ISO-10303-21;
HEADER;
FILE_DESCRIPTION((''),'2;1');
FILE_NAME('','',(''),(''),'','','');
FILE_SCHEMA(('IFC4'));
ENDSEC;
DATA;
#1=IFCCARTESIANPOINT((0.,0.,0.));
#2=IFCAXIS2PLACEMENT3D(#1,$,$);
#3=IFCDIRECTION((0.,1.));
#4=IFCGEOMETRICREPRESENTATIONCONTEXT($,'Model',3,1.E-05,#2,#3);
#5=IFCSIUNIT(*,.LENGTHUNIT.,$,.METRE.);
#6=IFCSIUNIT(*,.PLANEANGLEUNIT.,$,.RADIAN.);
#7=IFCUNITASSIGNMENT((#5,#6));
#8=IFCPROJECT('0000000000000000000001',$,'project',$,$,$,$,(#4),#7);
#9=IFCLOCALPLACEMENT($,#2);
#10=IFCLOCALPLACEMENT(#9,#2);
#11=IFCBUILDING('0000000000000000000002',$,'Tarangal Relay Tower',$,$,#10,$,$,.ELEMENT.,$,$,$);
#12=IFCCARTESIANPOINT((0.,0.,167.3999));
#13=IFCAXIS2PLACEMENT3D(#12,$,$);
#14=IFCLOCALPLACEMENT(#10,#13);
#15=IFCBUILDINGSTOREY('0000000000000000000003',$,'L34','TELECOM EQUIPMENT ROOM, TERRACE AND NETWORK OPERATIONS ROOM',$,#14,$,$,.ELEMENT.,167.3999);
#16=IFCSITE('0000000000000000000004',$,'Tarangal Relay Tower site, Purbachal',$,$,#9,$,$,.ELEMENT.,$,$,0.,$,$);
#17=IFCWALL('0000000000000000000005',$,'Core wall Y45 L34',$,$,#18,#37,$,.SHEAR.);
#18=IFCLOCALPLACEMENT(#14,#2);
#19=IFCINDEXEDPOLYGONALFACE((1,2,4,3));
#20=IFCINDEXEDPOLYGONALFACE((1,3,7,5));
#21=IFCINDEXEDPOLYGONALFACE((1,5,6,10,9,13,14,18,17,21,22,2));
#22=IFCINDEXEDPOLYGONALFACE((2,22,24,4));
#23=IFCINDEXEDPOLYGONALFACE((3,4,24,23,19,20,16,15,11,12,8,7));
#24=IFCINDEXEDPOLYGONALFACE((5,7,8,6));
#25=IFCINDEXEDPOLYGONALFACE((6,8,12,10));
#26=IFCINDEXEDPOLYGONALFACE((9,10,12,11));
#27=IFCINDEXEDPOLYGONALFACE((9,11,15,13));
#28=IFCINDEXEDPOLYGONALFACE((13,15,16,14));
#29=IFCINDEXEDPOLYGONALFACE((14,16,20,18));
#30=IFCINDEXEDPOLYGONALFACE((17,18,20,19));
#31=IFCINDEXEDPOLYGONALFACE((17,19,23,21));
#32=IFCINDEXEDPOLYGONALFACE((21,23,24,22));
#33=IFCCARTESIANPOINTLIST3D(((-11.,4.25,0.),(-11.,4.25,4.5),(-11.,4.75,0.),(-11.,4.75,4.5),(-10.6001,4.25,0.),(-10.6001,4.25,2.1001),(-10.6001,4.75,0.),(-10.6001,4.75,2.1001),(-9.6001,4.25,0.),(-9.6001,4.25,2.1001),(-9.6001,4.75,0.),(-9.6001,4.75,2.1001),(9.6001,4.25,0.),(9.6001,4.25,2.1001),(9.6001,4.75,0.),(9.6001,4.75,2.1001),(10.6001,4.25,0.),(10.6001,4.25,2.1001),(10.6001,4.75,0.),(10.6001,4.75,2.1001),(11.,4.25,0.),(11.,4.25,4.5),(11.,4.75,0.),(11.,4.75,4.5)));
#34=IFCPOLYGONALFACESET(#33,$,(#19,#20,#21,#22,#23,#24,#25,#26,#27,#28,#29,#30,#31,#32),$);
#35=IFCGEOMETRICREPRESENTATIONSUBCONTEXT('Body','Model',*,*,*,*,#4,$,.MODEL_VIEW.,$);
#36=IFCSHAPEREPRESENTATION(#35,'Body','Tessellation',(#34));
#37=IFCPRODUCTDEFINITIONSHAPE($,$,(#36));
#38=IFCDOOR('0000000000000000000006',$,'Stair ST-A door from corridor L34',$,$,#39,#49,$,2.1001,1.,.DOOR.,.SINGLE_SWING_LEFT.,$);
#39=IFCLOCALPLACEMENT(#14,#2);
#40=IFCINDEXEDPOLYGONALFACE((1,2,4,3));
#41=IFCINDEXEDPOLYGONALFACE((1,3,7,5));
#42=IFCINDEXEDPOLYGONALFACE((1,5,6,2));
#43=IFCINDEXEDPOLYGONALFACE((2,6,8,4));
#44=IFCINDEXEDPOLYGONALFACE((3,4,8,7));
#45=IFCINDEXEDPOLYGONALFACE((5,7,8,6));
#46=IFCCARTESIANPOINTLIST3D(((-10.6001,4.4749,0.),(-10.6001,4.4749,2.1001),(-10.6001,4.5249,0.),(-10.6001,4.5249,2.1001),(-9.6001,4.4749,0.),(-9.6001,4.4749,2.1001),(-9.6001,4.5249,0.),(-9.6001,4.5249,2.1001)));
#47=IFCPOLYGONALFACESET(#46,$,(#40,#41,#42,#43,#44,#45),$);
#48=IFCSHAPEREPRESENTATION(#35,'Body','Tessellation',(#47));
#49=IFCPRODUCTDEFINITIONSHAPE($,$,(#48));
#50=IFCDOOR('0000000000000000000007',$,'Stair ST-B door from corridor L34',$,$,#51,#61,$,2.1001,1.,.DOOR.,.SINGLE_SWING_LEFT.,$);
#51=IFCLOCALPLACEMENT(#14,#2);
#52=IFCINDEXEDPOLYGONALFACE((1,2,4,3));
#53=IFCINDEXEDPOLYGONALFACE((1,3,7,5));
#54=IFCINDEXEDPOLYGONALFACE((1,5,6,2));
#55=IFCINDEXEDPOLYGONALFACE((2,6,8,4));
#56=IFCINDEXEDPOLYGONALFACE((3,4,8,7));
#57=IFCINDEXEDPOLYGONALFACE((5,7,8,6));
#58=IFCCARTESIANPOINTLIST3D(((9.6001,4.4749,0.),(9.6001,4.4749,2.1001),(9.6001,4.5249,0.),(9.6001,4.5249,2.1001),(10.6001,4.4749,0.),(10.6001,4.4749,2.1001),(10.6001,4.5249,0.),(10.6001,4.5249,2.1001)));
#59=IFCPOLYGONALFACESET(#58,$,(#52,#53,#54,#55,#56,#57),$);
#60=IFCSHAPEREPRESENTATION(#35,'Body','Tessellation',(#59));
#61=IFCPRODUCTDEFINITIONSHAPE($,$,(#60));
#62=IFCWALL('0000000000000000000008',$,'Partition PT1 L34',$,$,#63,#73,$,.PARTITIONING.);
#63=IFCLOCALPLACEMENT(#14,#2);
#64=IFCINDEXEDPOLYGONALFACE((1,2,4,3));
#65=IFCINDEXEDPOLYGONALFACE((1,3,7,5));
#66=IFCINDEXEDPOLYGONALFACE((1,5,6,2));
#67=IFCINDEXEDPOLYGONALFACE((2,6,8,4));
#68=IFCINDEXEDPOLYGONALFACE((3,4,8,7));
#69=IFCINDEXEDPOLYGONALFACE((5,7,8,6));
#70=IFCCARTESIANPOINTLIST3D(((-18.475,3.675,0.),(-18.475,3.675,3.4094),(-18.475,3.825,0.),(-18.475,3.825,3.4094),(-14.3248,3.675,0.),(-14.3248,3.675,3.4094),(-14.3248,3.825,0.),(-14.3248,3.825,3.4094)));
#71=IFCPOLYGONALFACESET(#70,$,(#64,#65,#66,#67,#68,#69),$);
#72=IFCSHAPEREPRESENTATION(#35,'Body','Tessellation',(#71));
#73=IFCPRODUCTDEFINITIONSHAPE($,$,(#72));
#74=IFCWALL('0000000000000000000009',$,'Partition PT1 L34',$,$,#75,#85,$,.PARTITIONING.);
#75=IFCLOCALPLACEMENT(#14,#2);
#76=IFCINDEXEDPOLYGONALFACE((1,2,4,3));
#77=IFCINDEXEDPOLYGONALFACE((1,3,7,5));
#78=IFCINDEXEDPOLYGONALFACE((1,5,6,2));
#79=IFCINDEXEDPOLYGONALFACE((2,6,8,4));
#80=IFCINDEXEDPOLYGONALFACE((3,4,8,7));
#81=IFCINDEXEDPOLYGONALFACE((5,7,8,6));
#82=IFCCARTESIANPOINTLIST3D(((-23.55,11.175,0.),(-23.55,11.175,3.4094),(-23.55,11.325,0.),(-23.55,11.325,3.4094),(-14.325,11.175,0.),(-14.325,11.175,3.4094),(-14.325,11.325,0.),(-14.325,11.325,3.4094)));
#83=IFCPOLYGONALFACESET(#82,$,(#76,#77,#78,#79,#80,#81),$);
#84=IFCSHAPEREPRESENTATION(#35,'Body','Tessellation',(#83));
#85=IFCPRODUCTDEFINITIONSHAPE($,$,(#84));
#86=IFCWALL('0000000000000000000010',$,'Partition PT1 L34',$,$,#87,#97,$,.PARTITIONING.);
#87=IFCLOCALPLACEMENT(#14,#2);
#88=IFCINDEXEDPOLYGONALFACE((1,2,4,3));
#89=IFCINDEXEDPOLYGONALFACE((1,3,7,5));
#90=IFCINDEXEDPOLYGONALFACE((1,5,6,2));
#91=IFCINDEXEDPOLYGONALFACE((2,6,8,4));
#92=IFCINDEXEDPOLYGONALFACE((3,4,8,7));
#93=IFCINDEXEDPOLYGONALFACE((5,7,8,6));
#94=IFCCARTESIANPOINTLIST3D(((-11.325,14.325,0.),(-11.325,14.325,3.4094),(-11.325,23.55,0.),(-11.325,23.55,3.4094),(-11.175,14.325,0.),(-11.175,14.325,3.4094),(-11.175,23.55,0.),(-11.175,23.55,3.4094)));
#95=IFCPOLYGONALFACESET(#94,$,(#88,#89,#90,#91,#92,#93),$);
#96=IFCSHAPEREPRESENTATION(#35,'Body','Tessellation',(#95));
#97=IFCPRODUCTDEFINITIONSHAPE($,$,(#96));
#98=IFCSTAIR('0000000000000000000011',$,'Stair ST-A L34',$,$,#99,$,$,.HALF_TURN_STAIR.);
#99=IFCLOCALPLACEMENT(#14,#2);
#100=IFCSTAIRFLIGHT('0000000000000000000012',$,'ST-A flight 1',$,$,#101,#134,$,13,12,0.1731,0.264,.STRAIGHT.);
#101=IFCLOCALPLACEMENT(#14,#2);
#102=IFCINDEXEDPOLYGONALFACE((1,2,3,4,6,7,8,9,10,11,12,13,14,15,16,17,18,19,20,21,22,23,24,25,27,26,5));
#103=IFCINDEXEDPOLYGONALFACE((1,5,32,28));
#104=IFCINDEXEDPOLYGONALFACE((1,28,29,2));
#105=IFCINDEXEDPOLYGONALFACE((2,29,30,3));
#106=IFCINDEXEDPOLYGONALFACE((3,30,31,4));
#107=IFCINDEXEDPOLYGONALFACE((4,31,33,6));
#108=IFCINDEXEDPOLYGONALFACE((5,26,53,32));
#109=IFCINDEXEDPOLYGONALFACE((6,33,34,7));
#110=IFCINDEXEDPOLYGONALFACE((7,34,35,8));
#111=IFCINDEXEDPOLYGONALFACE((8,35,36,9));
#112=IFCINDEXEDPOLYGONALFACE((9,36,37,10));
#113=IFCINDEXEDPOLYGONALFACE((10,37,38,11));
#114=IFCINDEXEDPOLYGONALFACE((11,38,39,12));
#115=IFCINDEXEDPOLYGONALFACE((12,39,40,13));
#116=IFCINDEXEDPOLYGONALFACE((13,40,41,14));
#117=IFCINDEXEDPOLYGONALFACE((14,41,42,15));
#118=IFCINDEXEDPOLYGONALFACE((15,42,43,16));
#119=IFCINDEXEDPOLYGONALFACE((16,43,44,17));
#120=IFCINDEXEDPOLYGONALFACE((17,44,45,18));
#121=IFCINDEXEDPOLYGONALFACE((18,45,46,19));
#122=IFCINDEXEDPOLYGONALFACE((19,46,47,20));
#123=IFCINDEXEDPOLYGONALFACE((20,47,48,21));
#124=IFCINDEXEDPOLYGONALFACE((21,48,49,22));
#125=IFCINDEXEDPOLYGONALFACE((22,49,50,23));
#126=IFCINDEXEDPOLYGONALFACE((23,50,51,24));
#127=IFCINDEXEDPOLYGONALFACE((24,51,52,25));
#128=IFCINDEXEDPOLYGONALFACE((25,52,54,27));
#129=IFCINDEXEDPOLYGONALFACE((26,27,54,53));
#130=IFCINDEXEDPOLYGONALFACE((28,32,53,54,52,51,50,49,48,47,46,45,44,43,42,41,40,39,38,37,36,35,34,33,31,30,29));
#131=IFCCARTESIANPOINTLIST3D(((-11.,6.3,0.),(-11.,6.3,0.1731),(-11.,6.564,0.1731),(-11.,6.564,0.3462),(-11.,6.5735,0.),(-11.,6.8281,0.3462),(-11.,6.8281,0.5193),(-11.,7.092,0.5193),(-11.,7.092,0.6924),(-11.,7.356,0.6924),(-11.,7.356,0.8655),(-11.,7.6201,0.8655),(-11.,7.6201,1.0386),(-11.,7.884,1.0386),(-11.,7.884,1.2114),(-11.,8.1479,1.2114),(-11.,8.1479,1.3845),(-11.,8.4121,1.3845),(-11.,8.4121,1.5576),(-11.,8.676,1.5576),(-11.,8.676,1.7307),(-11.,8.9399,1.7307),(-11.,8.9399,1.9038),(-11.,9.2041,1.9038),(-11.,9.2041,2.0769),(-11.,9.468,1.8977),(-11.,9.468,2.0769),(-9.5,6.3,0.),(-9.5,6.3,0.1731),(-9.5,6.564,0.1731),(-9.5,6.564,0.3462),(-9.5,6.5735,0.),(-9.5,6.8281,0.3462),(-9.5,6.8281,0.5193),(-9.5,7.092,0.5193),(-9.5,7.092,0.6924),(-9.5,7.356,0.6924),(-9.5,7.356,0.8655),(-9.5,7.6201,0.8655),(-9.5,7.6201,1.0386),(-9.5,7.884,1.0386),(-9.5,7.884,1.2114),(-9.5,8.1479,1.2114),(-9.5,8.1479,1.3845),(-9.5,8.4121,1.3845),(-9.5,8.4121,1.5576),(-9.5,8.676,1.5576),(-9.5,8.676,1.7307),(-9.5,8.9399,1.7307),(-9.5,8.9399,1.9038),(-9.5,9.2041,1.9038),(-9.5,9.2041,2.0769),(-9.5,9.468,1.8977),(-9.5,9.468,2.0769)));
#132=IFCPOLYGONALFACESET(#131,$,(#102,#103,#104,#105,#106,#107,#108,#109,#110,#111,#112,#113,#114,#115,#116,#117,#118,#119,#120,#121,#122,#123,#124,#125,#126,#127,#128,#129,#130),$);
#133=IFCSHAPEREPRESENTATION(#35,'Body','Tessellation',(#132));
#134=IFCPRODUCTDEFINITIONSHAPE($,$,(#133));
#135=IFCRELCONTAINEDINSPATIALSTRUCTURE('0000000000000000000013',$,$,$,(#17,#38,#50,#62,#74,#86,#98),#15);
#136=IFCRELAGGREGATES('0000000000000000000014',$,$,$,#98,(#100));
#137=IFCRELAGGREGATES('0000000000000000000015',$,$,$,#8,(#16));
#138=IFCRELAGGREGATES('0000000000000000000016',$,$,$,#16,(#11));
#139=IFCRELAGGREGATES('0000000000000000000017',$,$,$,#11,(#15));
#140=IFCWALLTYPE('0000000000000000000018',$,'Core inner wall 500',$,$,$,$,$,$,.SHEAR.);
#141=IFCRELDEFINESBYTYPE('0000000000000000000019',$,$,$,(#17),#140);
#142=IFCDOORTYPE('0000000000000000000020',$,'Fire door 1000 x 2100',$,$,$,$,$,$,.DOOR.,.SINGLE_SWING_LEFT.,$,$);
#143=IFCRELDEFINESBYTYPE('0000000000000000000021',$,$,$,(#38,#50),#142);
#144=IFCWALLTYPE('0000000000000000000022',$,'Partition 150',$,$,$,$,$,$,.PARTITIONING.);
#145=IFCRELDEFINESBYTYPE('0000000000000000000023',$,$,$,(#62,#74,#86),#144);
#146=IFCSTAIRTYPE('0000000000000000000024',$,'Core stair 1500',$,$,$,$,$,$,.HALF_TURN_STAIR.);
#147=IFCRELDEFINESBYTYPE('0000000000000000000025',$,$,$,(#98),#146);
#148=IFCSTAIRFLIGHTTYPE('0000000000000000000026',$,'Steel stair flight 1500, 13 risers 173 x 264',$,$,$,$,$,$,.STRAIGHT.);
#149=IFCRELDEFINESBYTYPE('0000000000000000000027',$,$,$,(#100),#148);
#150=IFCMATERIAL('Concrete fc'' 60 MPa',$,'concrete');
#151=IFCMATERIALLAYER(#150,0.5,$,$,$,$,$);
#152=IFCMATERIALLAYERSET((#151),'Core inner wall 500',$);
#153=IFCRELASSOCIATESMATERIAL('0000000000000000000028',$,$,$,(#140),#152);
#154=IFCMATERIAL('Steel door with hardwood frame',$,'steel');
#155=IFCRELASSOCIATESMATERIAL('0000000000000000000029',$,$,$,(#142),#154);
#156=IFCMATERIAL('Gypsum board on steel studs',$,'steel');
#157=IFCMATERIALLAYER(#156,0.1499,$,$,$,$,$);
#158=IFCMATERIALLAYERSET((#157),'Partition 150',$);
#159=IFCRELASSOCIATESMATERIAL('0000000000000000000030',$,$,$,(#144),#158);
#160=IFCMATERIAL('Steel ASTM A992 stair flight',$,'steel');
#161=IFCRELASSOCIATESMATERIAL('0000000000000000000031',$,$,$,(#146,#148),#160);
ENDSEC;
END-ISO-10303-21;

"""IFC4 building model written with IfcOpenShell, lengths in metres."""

from ifc_helpers import new_model, si_unit, direction, frame, frame_2d, origin, place, context, subcontext, project, spatial, polyline, rectangle, outline, extrude, material, layer, layer_set, type_object, element, fill, aggregate, save


model = new_model("IFC4")

# Units and contexts
model_context = context("Model", 3, precision=1e-05, world=origin(), true_north=direction((0.0, 1.0)))
body_context = subcontext(model_context, "Body", "Model", "MODEL_VIEW")
ifc_project = project(units=[si_unit("LENGTHUNIT", "METRE"), si_unit("PLANEANGLEUNIT", "RADIAN")], contexts=[model_context])

# Site, building, storey
site_placement = place(None, origin())
site = spatial("IfcSite", under=ifc_project, at=site_placement, Name="Tarangal Relay Tower site, Purbachal", CompositionType="ELEMENT", RefElevation=0.0)
building_placement = place(site_placement, origin())
building = spatial("IfcBuilding", under=site, at=building_placement, Name="Tarangal Relay Tower", CompositionType="ELEMENT")
storey_placement = place(building_placement, frame((0.0, 0.0, 167.3999)))
storey = spatial("IfcBuildingStorey", under=building, at=storey_placement, Name="L34", Description="TELECOM EQUIPMENT ROOM, TERRACE AND NETWORK OPERATIONS ROOM", CompositionType="ELEMENT", Elevation=167.3999)

# Wall, openings, doors
ifc_material_1 = material(Name="Concrete fc' 60 MPa", Category="concrete")
ifc_layer_1 = layer(ifc_material_1, 0.5)
ifc_layer_set_1 = layer_set([ifc_layer_1], Name="Core inner wall 500")
wall_type_1 = type_object("IfcWallType", Name="Core inner wall 500", PredefinedType="SHEAR", material=ifc_layer_set_1)
wall_1_placement = place(storey_placement, frame((-11.0, 4.5, 0.0), z_axis=(0.0, 0.0, 1.0), x_axis=(1.0, 0.0, 0.0)))
wall_1 = element("IfcWall", 1, at=wall_1_placement, inside=storey, type_object=wall_type_1, Name="Core wall Y45 L34", PredefinedType="SHEAR", context=body_context, shape_type="SweptSolid", body=[
    extrude(rectangle(XDim=22.0, YDim=0.5, at=frame_2d((11.0, 0.0))), origin(), (0.0, 0.0, 1.0), 4.5),
])
opening_1_placement = place(wall_1_placement, frame((0.3999, 0.0, 0.0)))
opening_1 = element("IfcOpeningElement", 2, at=opening_1_placement, cuts=wall_1, PredefinedType="OPENING", context=body_context, shape_type="SweptSolid", body=[
    extrude(rectangle(XDim=1.0, YDim=2.1001, at=frame_2d((0.5, 1.05))), frame((0.0, 0.26, 0.0), z_axis=(0.0, -1.0, 0.0), x_axis=(1.0, 0.0, 0.0)), (0.0, 0.0, 1.0), 0.52),
])
opening_2_placement = place(wall_1_placement, frame((20.6001, 0.0, 0.0)))
opening_2 = element("IfcOpeningElement", 3, at=opening_2_placement, cuts=wall_1, PredefinedType="OPENING", context=body_context, shape_type="SweptSolid", body=[
    extrude(rectangle(XDim=1.0, YDim=2.1001, at=frame_2d((0.5, 1.05))), frame((0.0, 0.26, 0.0), z_axis=(0.0, -1.0, 0.0), x_axis=(1.0, 0.0, 0.0)), (0.0, 0.0, 1.0), 0.52),
])
ifc_material_2 = material(Name="Steel door with hardwood frame", Category="steel")
door_type_1 = type_object("IfcDoorType", Name="Fire door 1000 x 2100", OperationType="SINGLE_SWING_LEFT", PredefinedType="DOOR", material=ifc_material_2)
door_1_placement = place(opening_1_placement, origin())
door_1 = element("IfcDoor", 4, at=door_1_placement, inside=storey, type_object=door_type_1, Name="Stair ST-A door from corridor L34", OperationType="SINGLE_SWING_LEFT", OverallHeight=2.1001, OverallWidth=1.0, PredefinedType="DOOR", context=body_context, shape_type="SweptSolid", body=[
    extrude(rectangle(XDim=1.0, YDim=2.1001, at=frame_2d((0.5, 1.05))), frame((0.0, 0.0249, 0.0), z_axis=(0.0, -1.0, 0.0), x_axis=(1.0, 0.0, 0.0)), (0.0, 0.0, 1.0), 0.05),
])
fill(opening_1, door_1)
door_2_placement = place(opening_2_placement, origin())
door_2 = element("IfcDoor", 5, at=door_2_placement, inside=storey, type_object=door_type_1, Name="Stair ST-B door from corridor L34", OperationType="SINGLE_SWING_LEFT", OverallHeight=2.1001, OverallWidth=1.0, PredefinedType="DOOR", context=body_context, shape_type="SweptSolid", body=[
    extrude(rectangle(XDim=1.0, YDim=2.1001, at=frame_2d((0.5, 1.05))), frame((0.0, 0.0249, 0.0), z_axis=(0.0, -1.0, 0.0), x_axis=(1.0, 0.0, 0.0)), (0.0, 0.0, 1.0), 0.05),
])
fill(opening_2, door_2)

# Walls
ifc_material_3 = material(Name="Gypsum board on steel studs", Category="steel")
ifc_layer_2 = layer(ifc_material_3, 0.1499)
ifc_layer_set_2 = layer_set([ifc_layer_2], Name="Partition 150")
wall_type_2 = type_object("IfcWallType", Name="Partition 150", PredefinedType="PARTITIONING", material=ifc_layer_set_2)
wall_2_placement = place(storey_placement, frame((-18.4751, 3.75, 0.0), z_axis=(0.0, 0.0, 1.0), x_axis=(1.0, 0.0, 0.0)))
element("IfcWall", 6, at=wall_2_placement, inside=storey, type_object=wall_type_2, Name="Partition PT1 L34", PredefinedType="PARTITIONING", context=body_context, shape_type="SweptSolid", body=[
    extrude(rectangle(XDim=4.1501, YDim=0.1499, at=frame_2d((2.0752, 0.0))), origin(), (0.0, 0.0, 1.0), 3.4094),
])
for number, where, z_axis, x_axis, name in (
    (7, (-23.55, 11.25, 0.0), (0.0, 0.0, 1.0), (1.0, 0.0, 0.0), "Partition PT1 L34"),
    (8, (-11.25, 14.325, 0.0), (0.0, 0.0, 1.0), (0.0, 1.0, 0.0), "Partition PT1 L34"),
):
    element("IfcWall", number, at=place(storey_placement, frame(where, z_axis=z_axis, x_axis=x_axis)), inside=storey, type_object=wall_type_2, Name=name, PredefinedType="PARTITIONING", context=body_context, shape_type="SweptSolid", body=[
        extrude(rectangle(XDim=9.2251, YDim=0.1499, at=frame_2d((4.6125, 0.0))), origin(), (0.0, 0.0, 1.0), 3.4094),
    ])

# Stair, stair flight
ifc_material_4 = material(Name="Steel ASTM A992 stair flight", Category="steel")
stair_type = type_object("IfcStairType", Name="Core stair 1500", PredefinedType="HALF_TURN_STAIR", material=ifc_material_4)
stair_placement = place(storey_placement, origin())
stair = element("IfcStair", 9, at=stair_placement, inside=storey, type_object=stair_type, Name="Stair ST-A L34", PredefinedType="HALF_TURN_STAIR")
stair_flight_type = type_object("IfcStairFlightType", Name="Steel stair flight 1500, 13 risers 173 x 264", PredefinedType="STRAIGHT", material=ifc_material_4)
stair_flight_placement = place(storey_placement, frame((-10.25, 6.3, 0.0), z_axis=(0.0, 0.0, 1.0), x_axis=(0.0, 1.0, 0.0)))
stair_flight = element("IfcStairFlight", 10, at=stair_flight_placement, type_object=stair_flight_type, Name="ST-A flight 1", NumberOfRisers=13, NumberOfTreads=12, PredefinedType="STRAIGHT", RiserHeight=0.1731, TreadLength=0.264, context=body_context, shape_type="SweptSolid", body=[
    extrude(outline(polyline([(0.0, 0.0), (0.0, 0.1731), (0.2639, 0.1731), (0.2639, 0.3462), (0.5281, 0.3462), (0.5281, 0.5193), (0.792, 0.5193), (0.792, 0.6924), (1.0559, 0.6924), (1.0559, 0.8655), (1.3201, 0.8655), (1.3201, 1.0386), (1.584, 1.0386), (1.584, 1.2114), (1.8479, 1.2114), (1.8479, 1.3845), (2.1121, 1.3845), (2.1121, 1.5576), (2.376, 1.5576), (2.376, 1.7307), (2.6399, 1.7307), (2.6399, 1.9038), (2.9041, 1.9038), (2.9041, 2.0769), (3.168, 2.0769), (3.168, 2.25), (3.168, 1.8977), (0.2734, 0.0), (0.0, 0.0)])), frame((0.0, 0.75, 0.0), z_axis=(0.0, -1.0, 0.0), x_axis=(1.0, 0.0, 0.0)), (0.0, 0.0, 1.0), 1.5),
])
aggregate(stair, [stair_flight])

save(model, "model.ifc")
